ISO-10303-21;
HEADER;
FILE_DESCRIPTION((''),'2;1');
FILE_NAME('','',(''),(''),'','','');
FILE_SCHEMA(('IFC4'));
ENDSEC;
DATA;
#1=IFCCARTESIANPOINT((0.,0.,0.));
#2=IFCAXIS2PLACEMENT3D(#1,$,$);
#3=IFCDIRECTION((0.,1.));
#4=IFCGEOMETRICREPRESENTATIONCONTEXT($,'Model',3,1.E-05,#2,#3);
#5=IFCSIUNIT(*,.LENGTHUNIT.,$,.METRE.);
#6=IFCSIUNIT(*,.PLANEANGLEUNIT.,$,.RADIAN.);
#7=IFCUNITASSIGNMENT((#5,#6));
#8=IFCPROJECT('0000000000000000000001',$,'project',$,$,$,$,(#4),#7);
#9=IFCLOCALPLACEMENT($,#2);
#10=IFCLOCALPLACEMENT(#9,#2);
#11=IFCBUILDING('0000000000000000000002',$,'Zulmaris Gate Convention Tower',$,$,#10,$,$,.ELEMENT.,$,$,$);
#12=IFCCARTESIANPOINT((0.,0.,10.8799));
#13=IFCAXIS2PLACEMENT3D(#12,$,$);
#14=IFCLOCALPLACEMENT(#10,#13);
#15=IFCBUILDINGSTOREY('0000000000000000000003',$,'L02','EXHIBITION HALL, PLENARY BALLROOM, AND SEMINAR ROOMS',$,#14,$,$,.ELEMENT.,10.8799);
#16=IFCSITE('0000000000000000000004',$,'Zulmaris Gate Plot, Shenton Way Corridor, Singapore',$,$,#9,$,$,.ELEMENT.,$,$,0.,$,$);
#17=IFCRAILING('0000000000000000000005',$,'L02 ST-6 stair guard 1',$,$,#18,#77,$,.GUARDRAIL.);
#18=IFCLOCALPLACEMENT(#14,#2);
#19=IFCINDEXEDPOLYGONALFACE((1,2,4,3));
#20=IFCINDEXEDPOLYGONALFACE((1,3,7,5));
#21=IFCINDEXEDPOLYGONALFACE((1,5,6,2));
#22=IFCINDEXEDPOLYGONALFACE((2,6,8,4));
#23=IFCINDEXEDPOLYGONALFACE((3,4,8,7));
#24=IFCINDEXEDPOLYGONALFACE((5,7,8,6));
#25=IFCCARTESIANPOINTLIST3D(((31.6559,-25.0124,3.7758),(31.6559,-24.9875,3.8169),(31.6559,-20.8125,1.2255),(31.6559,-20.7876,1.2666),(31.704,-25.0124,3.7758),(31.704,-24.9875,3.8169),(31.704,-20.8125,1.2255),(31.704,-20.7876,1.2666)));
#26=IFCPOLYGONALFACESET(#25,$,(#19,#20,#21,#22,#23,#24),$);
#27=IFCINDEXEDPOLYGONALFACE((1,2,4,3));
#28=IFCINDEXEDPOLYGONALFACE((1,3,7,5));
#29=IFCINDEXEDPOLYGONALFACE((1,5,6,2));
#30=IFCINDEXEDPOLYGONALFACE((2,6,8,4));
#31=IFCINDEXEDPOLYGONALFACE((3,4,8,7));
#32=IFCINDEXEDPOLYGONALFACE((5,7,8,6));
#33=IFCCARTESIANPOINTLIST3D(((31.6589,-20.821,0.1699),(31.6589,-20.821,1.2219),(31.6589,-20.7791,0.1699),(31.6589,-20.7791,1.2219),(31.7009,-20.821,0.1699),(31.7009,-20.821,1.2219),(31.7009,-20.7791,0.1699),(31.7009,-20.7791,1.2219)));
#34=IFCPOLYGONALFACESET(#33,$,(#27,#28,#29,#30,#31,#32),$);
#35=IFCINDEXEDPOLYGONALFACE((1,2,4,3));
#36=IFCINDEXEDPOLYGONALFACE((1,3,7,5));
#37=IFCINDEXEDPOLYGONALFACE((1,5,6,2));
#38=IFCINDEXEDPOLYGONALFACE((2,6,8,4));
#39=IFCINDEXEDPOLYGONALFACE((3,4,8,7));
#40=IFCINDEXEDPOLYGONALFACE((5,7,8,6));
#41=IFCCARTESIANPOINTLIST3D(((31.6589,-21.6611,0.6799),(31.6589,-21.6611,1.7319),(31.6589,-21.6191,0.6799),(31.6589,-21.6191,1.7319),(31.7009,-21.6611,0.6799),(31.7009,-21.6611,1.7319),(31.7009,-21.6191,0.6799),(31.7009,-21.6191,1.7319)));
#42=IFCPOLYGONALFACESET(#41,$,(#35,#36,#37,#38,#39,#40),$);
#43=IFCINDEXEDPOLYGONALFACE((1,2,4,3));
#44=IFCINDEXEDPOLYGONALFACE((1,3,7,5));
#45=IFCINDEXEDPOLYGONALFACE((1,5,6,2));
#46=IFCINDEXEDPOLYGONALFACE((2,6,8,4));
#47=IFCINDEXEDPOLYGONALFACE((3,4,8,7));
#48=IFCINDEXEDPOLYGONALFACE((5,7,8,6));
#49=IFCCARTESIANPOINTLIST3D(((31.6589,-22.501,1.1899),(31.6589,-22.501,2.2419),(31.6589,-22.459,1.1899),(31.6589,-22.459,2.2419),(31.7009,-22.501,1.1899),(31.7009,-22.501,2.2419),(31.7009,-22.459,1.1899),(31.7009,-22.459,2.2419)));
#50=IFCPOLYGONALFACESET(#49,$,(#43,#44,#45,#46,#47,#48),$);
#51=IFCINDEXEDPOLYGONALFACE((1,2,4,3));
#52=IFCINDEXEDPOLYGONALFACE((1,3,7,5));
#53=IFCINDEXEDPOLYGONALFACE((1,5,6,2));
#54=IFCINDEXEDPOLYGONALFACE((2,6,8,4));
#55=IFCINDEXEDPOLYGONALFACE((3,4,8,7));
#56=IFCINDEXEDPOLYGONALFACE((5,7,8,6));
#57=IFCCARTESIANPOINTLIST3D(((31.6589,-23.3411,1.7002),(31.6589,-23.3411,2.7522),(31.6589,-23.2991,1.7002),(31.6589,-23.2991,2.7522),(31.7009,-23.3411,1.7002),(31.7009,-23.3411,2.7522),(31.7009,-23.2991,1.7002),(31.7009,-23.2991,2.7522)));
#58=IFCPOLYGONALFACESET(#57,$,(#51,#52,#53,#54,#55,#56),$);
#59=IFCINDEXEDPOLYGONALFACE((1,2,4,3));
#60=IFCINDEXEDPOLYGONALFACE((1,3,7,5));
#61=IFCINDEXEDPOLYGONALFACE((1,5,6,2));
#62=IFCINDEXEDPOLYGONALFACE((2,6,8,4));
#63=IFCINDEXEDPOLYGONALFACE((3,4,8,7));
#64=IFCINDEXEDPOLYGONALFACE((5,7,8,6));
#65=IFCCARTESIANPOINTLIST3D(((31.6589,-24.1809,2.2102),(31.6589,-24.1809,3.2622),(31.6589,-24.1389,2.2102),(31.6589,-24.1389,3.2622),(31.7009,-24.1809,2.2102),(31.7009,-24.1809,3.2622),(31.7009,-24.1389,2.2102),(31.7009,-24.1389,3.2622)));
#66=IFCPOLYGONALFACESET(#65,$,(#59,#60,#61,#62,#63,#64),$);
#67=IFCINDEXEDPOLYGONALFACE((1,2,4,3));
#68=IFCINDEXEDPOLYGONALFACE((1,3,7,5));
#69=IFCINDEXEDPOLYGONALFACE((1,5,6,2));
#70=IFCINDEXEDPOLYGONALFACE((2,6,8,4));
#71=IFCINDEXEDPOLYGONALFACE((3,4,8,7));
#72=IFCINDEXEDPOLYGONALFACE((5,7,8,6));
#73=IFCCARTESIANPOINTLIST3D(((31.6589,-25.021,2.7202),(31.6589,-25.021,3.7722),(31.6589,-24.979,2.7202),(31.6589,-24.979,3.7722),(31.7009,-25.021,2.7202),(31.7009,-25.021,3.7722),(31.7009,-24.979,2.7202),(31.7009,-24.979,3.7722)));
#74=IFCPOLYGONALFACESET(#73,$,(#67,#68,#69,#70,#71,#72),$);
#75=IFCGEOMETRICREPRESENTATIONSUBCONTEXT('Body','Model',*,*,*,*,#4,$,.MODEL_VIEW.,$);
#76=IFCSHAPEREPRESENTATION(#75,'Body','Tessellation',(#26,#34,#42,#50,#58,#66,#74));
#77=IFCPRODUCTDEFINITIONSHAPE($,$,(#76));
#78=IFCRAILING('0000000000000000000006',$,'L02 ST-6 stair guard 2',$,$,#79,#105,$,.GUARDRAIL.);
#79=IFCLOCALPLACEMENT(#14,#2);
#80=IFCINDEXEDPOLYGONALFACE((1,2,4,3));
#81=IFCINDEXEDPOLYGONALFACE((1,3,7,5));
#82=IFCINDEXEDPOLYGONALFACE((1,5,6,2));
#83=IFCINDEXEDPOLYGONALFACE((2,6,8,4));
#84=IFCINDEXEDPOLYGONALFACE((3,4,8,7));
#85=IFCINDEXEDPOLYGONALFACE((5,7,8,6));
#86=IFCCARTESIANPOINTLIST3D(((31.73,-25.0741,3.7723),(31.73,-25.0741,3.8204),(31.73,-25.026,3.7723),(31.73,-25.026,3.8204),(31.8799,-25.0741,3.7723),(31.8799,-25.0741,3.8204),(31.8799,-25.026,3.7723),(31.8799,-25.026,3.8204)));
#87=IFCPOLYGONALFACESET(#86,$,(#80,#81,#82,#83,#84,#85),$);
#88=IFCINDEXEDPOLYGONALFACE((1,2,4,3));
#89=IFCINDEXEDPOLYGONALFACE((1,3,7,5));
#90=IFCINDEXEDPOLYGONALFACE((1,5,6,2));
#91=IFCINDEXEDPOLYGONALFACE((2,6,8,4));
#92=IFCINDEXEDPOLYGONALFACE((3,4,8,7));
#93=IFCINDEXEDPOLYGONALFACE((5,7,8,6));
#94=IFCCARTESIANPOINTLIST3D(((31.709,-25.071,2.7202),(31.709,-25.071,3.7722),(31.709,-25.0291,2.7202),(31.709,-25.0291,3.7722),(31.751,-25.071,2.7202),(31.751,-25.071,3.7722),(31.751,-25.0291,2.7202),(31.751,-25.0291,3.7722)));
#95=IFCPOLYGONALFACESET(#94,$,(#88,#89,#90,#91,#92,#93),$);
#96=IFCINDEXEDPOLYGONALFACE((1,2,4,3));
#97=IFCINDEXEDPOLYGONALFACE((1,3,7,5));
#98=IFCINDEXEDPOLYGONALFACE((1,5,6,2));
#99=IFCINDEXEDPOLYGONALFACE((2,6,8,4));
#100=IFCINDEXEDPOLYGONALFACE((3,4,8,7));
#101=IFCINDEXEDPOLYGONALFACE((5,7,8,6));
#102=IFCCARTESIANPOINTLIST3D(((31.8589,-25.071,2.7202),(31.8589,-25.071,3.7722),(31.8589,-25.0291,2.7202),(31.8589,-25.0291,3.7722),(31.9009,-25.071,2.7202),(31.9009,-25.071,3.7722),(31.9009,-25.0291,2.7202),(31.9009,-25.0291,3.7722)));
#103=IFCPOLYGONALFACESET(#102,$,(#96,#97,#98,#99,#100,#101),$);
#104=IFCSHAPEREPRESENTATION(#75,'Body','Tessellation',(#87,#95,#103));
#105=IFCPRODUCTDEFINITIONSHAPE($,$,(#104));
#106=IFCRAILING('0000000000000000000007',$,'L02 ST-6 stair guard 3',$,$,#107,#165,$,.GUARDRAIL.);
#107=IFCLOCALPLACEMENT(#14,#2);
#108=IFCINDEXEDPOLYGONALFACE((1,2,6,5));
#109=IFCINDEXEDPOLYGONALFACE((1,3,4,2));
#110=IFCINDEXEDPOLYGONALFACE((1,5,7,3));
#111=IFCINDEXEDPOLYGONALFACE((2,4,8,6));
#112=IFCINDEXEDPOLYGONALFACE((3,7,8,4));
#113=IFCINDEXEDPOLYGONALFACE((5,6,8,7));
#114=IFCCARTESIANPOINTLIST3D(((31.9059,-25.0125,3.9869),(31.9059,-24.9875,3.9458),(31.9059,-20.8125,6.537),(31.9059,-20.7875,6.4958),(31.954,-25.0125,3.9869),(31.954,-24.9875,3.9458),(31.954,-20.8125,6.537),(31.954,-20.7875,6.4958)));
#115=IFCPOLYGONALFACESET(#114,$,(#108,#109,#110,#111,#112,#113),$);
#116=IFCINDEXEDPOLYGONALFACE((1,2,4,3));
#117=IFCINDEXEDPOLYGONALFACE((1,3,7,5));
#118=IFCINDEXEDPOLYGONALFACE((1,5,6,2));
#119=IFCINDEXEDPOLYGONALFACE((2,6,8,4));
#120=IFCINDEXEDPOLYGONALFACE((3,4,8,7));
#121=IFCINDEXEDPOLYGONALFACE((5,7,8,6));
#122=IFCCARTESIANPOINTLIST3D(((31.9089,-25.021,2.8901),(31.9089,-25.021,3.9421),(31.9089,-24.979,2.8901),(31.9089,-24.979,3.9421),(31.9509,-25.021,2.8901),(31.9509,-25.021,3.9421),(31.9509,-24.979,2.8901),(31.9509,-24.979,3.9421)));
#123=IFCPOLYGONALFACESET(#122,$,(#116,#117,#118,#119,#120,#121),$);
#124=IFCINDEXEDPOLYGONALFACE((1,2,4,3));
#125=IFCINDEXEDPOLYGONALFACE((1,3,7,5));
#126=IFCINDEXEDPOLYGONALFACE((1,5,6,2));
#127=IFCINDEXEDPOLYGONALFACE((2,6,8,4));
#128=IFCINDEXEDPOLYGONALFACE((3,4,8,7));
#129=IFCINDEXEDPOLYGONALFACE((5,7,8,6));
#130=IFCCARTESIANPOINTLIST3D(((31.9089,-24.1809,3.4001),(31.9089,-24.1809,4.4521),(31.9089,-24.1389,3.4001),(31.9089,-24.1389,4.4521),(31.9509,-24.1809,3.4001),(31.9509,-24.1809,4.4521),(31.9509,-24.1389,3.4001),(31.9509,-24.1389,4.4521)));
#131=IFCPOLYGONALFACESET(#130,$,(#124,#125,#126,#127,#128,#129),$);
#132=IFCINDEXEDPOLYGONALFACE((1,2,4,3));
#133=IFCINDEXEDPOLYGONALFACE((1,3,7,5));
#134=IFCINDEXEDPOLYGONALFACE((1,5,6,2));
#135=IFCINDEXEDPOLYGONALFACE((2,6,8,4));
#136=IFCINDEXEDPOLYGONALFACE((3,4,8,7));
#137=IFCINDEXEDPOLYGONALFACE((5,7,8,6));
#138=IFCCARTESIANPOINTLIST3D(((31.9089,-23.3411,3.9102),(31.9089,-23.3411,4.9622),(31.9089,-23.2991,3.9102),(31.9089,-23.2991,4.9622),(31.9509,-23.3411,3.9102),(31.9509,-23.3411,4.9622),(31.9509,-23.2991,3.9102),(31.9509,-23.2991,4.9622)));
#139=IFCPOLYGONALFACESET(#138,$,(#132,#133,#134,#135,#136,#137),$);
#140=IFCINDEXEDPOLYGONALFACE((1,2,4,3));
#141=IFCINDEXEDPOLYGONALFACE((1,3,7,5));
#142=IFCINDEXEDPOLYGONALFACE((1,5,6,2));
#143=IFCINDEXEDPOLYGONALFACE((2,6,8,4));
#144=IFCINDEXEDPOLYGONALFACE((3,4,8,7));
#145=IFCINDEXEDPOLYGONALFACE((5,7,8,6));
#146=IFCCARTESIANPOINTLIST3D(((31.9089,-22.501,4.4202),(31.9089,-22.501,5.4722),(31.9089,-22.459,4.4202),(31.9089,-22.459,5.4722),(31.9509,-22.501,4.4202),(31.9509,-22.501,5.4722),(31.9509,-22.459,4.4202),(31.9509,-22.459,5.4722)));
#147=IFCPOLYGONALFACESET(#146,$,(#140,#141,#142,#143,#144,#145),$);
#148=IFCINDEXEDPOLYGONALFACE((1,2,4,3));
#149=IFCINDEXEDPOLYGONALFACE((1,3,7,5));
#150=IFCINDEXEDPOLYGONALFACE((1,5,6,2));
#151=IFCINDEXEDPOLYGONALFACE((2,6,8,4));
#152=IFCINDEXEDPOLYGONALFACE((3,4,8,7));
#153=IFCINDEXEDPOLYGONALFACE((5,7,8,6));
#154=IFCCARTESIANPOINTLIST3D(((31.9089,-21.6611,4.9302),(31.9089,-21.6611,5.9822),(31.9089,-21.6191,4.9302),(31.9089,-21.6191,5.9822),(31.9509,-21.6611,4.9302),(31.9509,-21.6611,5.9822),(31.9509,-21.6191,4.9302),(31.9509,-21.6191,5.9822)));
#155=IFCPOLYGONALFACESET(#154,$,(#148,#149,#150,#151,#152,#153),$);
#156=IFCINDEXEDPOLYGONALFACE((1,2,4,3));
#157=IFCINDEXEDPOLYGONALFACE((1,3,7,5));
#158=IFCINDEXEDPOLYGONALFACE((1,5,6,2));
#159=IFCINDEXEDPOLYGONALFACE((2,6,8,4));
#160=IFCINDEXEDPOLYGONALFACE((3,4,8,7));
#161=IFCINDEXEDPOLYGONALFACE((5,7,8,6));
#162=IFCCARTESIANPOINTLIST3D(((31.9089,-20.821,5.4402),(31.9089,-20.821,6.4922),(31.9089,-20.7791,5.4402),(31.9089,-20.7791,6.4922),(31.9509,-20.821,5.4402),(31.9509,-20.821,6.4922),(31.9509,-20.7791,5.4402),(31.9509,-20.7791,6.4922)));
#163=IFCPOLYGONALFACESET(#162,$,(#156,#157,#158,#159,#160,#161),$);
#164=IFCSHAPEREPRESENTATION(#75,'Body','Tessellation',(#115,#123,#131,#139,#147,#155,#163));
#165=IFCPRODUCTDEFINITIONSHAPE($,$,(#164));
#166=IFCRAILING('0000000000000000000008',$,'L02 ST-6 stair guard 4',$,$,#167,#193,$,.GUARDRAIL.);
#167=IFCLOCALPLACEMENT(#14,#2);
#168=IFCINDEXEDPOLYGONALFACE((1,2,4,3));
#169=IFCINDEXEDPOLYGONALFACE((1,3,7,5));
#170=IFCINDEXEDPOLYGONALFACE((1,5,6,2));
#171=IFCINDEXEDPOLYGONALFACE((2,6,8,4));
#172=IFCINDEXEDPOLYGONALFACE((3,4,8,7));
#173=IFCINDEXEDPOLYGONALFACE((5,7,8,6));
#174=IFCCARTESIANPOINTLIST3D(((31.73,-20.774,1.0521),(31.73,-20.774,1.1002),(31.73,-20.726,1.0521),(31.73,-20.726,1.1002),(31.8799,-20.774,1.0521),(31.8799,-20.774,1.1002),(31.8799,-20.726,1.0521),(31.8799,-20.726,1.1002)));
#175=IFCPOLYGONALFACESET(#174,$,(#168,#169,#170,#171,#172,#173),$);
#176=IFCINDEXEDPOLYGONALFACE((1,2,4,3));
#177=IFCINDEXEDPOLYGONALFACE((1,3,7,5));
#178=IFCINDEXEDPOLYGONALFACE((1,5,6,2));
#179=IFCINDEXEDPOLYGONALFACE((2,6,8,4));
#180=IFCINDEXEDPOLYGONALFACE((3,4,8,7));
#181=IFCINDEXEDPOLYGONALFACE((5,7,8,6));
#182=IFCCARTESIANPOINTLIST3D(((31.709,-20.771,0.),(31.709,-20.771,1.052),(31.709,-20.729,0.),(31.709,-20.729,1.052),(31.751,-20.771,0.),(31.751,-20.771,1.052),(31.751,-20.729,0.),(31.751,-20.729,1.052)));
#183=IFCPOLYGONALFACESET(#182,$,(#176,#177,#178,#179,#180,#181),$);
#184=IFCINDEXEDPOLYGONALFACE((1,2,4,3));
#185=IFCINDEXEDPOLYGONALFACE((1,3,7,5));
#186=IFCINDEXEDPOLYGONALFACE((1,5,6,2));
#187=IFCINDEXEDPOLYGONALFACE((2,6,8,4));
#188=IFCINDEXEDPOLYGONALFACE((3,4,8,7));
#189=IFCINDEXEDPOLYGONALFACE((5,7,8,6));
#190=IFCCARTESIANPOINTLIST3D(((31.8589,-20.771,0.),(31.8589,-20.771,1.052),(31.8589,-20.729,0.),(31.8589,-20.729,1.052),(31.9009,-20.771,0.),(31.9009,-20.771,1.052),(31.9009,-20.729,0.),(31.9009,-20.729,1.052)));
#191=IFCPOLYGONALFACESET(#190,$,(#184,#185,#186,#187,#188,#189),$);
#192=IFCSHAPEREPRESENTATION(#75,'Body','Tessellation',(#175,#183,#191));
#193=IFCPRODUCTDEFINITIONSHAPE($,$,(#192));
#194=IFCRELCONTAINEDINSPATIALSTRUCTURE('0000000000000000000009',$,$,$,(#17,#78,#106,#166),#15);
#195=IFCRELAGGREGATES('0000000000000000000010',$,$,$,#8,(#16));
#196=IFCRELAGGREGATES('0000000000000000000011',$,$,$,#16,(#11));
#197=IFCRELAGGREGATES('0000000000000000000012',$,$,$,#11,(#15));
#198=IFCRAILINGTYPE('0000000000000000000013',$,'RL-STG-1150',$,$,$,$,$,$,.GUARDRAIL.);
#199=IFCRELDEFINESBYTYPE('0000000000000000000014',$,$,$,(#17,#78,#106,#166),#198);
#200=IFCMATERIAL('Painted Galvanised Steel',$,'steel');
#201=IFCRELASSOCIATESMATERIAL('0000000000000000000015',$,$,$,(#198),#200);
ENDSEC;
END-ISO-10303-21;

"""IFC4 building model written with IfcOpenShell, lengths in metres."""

from ifc_helpers import new_model, si_unit, direction, frame, origin, origin_2d, place, context, subcontext, project, spatial, rectangle, extrude, material, type_object, element, save


model = new_model("IFC4")

# Units and contexts
model_context = context("Model", 3, precision=1e-05, world=origin(), true_north=direction((0.0, 1.0)))
body_context = subcontext(model_context, "Body", "Model", "MODEL_VIEW")
ifc_project = project(units=[si_unit("LENGTHUNIT", "METRE"), si_unit("PLANEANGLEUNIT", "RADIAN")], contexts=[model_context])

# Site, building, storey
site_placement = place(None, origin())
site = spatial("IfcSite", under=ifc_project, at=site_placement, Name="Zulmaris Gate Plot, Shenton Way Corridor, Singapore", CompositionType="ELEMENT", RefElevation=0.0)
building_placement = place(site_placement, origin())
building = spatial("IfcBuilding", under=site, at=building_placement, Name="Zulmaris Gate Convention Tower", CompositionType="ELEMENT")
storey_placement = place(building_placement, frame((0.0, 0.0, 10.8799)))
storey = spatial("IfcBuildingStorey", under=building, at=storey_placement, Name="L02", Description="EXHIBITION HALL, PLENARY BALLROOM, AND SEMINAR ROOMS", CompositionType="ELEMENT", Elevation=10.8799)

# Railings
ifc_material_1 = material(Name="Painted Galvanised Steel", Category="steel")
railing_type_1 = type_object("IfcRailingType", Name="RL-STG-1150", PredefinedType="GUARDRAIL", material=ifc_material_1)
railing_1_placement = place(storey_placement, frame((31.6799, -20.8, 0.1699)))
element("IfcRailing", 1, at=railing_1_placement, inside=storey, type_object=railing_type_1, Name="L02 ST-6 stair guard 1", PredefinedType="GUARDRAIL", context=body_context, shape_type="SweptSolid", body=[
    extrude(rectangle(XDim=0.0481, YDim=0.0481, at=origin_2d()), frame((0.0, 0.0, 1.0762), z_axis=(0.0, -0.854758, 0.519026), x_axis=(1.0, 0.0, 0.0)), (0.0, 0.0, 1.0), 4.9136),
    extrude(rectangle(XDim=0.042, YDim=0.042, at=origin_2d()), origin(), (0.0, 0.0, 1.0), 1.052),
    extrude(rectangle(XDim=0.042, YDim=0.042, at=origin_2d()), frame((0.0, -0.8401, 0.51)), (0.0, 0.0, 1.0), 1.052),
    extrude(rectangle(XDim=0.042, YDim=0.042, at=origin_2d()), frame((0.0, -1.6799, 1.02)), (0.0, 0.0, 1.0), 1.052),
    extrude(rectangle(XDim=0.042, YDim=0.042, at=origin_2d()), frame((0.0, -2.52, 1.5303)), (0.0, 0.0, 1.0), 1.052),
    extrude(rectangle(XDim=0.042, YDim=0.042, at=origin_2d()), frame((0.0, -3.3599, 2.0403)), (0.0, 0.0, 1.0), 1.052),
    extrude(rectangle(XDim=0.042, YDim=0.042, at=origin_2d()), frame((0.0, -4.2, 2.5503)), (0.0, 0.0, 1.0), 1.052),
])
railing_2_placement = place(storey_placement, frame((31.73, -25.05, 2.7202)))
element("IfcRailing", 2, at=railing_2_placement, inside=storey, type_object=railing_type_1, Name="L02 ST-6 stair guard 2", PredefinedType="GUARDRAIL", context=body_context, shape_type="SweptSolid", body=[
    extrude(rectangle(XDim=0.0481, YDim=0.0481, at=origin_2d()), frame((0.0, 0.0, 1.0762), z_axis=(1.0, 0.0, 0.0), x_axis=(0.0, 1.0, 0.0)), (0.0, 0.0, 1.0), 0.1499),
    extrude(rectangle(XDim=0.042, YDim=0.042, at=origin_2d()), origin(), (0.0, 0.0, 1.0), 1.052),
    extrude(rectangle(XDim=0.042, YDim=0.042, at=origin_2d()), frame((0.1499, 0.0, 0.0)), (0.0, 0.0, 1.0), 1.052),
])
railing_3_placement = place(storey_placement, frame((31.9299, -25.0, 2.8901)))
element("IfcRailing", 3, at=railing_3_placement, inside=storey, type_object=railing_type_1, Name="L02 ST-6 stair guard 3", PredefinedType="GUARDRAIL", context=body_context, shape_type="SweptSolid", body=[
    extrude(rectangle(XDim=0.0481, YDim=0.0481, at=origin_2d()), frame((0.0, 0.0, 1.0762), z_axis=(0.0, 0.85478, 0.51899), x_axis=(-1.0, 0.0, 0.0)), (0.0, 0.0, 1.0), 4.9136),
    extrude(rectangle(XDim=0.042, YDim=0.042, at=origin_2d()), origin(), (0.0, 0.0, 1.0), 1.052),
    extrude(rectangle(XDim=0.042, YDim=0.042, at=origin_2d()), frame((0.0, 0.8401, 0.51)), (0.0, 0.0, 1.0), 1.052),
    extrude(rectangle(XDim=0.042, YDim=0.042, at=origin_2d()), frame((0.0, 1.6799, 1.02)), (0.0, 0.0, 1.0), 1.052),
    extrude(rectangle(XDim=0.042, YDim=0.042, at=origin_2d()), frame((0.0, 2.52, 1.53)), (0.0, 0.0, 1.0), 1.052),
    extrude(rectangle(XDim=0.042, YDim=0.042, at=origin_2d()), frame((0.0, 3.3599, 2.04)), (0.0, 0.0, 1.0), 1.052),
    extrude(rectangle(XDim=0.042, YDim=0.042, at=origin_2d()), frame((0.0, 4.2, 2.55)), (0.0, 0.0, 1.0), 1.052),
])
railing_4_placement = place(storey_placement, frame((31.73, -20.75, 0.0)))
element("IfcRailing", 4, at=railing_4_placement, inside=storey, type_object=railing_type_1, Name="L02 ST-6 stair guard 4", PredefinedType="GUARDRAIL", context=body_context, shape_type="SweptSolid", body=[
    extrude(rectangle(XDim=0.0481, YDim=0.0481, at=origin_2d()), frame((0.0, 0.0, 1.0762), z_axis=(1.0, 0.0, 0.0), x_axis=(0.0, 1.0, 0.0)), (0.0, 0.0, 1.0), 0.1499),
    extrude(rectangle(XDim=0.042, YDim=0.042, at=origin_2d()), origin(), (0.0, 0.0, 1.0), 1.052),
    extrude(rectangle(XDim=0.042, YDim=0.042, at=origin_2d()), frame((0.1499, 0.0, 0.0)), (0.0, 0.0, 1.0), 1.052),
])

save(model, "model.ifc")
